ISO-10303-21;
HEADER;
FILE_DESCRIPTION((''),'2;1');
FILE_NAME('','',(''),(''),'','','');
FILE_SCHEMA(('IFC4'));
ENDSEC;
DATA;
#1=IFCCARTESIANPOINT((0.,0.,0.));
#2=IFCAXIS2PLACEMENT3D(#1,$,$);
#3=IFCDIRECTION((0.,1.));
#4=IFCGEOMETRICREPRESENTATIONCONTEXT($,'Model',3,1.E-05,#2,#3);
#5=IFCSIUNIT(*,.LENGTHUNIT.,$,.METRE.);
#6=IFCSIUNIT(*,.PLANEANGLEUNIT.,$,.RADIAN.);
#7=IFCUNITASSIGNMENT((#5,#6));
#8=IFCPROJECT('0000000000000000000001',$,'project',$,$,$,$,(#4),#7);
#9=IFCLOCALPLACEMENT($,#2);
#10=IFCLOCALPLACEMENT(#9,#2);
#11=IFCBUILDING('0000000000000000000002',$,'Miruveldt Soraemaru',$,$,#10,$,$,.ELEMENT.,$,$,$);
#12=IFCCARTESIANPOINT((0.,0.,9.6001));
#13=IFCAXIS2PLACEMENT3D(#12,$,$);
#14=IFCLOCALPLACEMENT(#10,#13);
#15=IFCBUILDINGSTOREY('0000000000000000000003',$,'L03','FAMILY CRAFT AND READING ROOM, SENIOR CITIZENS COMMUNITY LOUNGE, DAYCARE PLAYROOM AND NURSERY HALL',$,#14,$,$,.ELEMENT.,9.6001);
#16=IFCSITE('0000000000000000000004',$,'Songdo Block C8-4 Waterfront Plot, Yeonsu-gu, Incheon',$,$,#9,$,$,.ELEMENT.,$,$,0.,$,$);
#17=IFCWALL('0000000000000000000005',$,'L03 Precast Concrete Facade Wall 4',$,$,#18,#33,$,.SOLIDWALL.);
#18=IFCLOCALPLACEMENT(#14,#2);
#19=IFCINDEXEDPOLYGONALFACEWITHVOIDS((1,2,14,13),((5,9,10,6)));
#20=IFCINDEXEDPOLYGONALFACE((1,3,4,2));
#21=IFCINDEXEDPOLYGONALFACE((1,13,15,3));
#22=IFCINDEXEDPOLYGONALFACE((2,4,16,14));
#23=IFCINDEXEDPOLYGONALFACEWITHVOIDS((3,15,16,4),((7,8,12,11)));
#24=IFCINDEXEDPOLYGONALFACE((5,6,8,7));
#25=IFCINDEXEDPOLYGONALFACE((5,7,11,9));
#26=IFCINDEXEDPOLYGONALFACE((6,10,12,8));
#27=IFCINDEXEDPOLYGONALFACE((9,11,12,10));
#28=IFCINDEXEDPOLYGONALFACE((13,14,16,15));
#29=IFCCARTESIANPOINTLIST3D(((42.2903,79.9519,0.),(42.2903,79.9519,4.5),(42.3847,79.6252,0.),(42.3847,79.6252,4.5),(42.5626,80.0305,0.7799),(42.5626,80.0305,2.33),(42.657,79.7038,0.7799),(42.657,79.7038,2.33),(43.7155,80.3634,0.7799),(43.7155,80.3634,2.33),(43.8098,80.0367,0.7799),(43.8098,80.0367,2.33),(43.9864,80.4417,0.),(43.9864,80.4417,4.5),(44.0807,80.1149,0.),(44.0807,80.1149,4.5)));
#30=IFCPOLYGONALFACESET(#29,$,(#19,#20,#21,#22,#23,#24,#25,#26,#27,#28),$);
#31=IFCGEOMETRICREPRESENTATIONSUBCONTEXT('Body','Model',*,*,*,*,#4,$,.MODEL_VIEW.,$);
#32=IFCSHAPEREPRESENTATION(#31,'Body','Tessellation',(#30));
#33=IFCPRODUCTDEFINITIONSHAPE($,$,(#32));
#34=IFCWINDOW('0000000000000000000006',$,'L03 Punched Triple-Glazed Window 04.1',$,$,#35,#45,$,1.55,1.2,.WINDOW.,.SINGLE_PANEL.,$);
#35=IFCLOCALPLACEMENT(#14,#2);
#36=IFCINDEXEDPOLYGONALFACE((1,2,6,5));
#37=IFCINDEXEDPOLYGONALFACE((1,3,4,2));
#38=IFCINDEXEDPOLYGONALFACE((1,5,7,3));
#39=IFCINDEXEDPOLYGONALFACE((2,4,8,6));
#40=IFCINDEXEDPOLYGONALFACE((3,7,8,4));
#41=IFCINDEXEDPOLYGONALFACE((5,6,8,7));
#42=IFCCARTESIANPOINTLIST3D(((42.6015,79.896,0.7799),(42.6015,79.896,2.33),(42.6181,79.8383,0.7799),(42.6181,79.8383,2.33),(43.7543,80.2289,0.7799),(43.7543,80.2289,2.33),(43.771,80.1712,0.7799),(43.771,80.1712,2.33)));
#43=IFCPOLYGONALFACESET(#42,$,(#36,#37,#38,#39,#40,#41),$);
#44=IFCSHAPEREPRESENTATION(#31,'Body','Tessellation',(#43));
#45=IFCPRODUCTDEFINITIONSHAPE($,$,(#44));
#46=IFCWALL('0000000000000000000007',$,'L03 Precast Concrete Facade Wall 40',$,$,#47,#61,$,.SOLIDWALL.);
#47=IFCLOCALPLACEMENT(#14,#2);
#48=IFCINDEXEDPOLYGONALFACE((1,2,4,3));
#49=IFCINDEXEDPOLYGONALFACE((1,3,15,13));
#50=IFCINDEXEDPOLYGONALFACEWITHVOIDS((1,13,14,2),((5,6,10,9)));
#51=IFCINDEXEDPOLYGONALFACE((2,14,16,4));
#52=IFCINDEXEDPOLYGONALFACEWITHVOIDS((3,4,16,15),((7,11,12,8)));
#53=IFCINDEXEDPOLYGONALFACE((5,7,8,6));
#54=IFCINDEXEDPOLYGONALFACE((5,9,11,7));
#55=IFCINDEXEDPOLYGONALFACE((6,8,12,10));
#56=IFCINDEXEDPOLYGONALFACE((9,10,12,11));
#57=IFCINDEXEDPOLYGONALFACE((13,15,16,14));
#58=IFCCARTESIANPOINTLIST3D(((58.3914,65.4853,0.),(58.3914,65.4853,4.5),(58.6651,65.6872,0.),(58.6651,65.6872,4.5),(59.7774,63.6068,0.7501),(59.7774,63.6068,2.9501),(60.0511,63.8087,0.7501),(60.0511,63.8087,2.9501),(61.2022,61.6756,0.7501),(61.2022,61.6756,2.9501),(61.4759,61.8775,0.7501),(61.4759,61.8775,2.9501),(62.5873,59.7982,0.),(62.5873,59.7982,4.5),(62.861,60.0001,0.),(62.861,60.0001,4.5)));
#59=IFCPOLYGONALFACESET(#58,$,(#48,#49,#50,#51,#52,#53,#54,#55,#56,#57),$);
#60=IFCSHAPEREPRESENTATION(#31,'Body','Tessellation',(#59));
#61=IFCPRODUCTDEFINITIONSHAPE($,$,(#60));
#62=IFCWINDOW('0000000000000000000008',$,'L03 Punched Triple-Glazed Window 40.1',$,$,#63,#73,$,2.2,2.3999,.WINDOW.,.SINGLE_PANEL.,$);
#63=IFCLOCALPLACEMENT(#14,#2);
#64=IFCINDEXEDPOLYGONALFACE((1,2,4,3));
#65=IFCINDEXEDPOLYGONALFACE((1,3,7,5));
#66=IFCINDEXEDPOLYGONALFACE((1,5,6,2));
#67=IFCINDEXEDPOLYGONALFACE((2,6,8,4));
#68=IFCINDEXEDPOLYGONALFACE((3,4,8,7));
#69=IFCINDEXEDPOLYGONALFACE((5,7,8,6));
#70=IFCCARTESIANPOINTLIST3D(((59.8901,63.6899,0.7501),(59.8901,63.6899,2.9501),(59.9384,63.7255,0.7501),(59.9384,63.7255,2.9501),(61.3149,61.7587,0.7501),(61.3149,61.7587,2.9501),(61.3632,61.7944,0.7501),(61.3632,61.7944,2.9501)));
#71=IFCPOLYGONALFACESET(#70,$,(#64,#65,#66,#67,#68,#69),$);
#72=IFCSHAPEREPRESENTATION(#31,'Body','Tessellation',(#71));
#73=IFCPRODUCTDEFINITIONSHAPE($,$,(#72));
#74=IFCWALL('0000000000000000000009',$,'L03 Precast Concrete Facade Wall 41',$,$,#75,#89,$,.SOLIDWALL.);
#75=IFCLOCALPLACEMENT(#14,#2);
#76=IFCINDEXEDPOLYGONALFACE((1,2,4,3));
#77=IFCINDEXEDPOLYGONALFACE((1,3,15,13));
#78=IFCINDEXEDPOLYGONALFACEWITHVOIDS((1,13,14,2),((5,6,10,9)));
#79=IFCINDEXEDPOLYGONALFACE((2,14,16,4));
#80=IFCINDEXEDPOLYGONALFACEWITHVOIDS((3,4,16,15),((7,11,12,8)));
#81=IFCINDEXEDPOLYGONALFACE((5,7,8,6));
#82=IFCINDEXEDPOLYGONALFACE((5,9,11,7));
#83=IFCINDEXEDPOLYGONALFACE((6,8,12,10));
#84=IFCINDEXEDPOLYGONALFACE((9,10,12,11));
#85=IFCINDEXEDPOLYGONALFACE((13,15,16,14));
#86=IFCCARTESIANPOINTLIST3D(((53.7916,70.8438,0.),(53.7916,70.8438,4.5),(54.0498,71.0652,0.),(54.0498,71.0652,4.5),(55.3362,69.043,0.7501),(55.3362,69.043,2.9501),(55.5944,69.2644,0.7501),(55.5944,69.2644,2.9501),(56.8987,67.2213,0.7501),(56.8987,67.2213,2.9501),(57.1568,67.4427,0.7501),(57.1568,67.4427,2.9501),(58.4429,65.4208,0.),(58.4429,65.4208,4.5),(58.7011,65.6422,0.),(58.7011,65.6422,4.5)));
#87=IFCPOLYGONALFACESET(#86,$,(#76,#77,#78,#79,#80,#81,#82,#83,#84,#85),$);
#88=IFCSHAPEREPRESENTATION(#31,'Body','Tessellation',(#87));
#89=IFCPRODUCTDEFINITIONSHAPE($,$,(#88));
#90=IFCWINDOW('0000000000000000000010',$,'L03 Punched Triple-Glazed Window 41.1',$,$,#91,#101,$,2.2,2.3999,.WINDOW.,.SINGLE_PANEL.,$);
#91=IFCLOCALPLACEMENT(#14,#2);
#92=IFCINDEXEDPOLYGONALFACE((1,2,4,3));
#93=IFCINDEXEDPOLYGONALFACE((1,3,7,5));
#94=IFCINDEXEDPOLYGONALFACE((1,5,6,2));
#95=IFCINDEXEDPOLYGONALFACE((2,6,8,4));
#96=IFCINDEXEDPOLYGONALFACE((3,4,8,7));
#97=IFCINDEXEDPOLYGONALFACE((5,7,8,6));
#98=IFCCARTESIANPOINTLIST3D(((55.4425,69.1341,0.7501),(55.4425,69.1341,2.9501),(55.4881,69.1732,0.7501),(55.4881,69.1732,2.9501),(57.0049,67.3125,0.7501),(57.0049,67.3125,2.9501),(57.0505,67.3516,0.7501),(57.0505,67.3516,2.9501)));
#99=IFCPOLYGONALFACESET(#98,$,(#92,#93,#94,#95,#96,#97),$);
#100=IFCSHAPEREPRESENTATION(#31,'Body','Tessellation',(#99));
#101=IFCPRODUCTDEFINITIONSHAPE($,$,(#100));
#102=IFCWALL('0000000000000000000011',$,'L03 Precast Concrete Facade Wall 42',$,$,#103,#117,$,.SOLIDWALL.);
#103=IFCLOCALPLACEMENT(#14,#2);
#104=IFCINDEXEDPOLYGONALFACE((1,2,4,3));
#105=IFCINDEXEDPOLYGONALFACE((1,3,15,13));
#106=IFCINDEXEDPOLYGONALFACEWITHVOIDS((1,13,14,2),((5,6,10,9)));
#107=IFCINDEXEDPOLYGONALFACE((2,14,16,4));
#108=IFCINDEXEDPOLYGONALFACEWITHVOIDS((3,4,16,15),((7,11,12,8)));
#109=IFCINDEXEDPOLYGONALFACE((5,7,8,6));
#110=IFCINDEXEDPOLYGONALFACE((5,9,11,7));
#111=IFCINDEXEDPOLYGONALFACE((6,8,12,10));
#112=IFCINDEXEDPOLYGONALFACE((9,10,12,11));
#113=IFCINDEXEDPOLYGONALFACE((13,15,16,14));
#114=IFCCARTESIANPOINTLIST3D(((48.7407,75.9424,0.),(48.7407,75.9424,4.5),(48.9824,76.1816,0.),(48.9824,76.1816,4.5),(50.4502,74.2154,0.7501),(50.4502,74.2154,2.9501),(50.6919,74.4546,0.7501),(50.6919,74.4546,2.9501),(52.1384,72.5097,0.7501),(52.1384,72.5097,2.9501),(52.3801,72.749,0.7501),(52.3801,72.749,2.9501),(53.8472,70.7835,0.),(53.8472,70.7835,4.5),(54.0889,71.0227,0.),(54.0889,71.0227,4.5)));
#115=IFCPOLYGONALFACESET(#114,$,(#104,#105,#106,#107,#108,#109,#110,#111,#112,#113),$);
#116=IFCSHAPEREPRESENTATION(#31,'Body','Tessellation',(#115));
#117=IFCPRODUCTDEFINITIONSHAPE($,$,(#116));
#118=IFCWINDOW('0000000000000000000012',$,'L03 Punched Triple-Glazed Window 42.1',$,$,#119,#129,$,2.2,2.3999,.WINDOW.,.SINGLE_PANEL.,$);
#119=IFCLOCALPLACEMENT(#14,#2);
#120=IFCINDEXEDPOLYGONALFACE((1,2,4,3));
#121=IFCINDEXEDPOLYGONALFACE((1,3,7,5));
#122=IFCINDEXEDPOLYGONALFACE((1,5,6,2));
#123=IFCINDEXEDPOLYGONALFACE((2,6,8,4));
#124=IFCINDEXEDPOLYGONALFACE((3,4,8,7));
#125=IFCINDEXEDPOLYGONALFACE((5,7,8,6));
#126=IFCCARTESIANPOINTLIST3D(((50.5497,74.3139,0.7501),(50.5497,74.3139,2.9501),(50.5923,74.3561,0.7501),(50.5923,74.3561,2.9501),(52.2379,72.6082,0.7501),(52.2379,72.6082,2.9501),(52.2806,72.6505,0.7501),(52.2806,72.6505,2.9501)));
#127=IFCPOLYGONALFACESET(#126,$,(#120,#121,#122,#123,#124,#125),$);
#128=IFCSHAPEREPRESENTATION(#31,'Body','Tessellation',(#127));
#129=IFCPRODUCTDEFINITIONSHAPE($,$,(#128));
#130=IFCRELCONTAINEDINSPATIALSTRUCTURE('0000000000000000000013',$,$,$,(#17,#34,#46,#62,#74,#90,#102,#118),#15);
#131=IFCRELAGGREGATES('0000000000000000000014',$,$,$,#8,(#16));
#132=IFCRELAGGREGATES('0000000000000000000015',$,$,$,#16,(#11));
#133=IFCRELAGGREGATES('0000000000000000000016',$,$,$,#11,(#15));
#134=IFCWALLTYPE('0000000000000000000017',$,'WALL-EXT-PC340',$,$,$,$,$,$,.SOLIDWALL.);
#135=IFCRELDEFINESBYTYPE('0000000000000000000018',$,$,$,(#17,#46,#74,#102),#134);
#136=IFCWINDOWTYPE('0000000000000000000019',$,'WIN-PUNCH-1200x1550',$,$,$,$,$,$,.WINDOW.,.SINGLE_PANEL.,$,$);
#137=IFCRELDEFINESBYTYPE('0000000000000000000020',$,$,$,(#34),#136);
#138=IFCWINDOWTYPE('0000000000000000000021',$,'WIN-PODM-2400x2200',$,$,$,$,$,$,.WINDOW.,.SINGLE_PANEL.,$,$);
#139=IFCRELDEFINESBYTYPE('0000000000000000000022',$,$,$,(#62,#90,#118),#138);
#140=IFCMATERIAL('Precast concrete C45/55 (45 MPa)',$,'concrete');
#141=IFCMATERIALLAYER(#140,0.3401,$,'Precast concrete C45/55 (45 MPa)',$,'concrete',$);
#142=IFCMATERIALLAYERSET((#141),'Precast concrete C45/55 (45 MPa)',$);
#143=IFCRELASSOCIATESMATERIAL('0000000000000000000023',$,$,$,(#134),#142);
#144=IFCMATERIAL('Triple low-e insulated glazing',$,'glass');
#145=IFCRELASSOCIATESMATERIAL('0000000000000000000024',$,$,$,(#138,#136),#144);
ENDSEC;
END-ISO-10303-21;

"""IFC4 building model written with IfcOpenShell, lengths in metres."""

from ifc_helpers import new_model, si_unit, direction, frame, frame_2d, origin, place, context, subcontext, project, spatial, rectangle, extrude, material, layer, layer_set, type_object, element, fill, save


model = new_model("IFC4")

# Units and contexts
model_context = context("Model", 3, precision=1e-05, world=origin(), true_north=direction((0.0, 1.0)))
body_context = subcontext(model_context, "Body", "Model", "MODEL_VIEW")
ifc_project = project(units=[si_unit("LENGTHUNIT", "METRE"), si_unit("PLANEANGLEUNIT", "RADIAN")], contexts=[model_context])

# Site, building, storey
site_placement = place(None, origin())
site = spatial("IfcSite", under=ifc_project, at=site_placement, Name="Songdo Block C8-4 Waterfront Plot, Yeonsu-gu, Incheon", CompositionType="ELEMENT", RefElevation=0.0)
building_placement = place(site_placement, origin())
building = spatial("IfcBuilding", under=site, at=building_placement, Name="Miruveldt Soraemaru", CompositionType="ELEMENT")
storey_placement = place(building_placement, frame((0.0, 0.0, 9.6001)))
storey = spatial("IfcBuildingStorey", under=building, at=storey_placement, Name="L03", Description="FAMILY CRAFT AND READING ROOM, SENIOR CITIZENS COMMUNITY LOUNGE, DAYCARE PLAYROOM AND NURSERY HALL", CompositionType="ELEMENT", Elevation=9.6001)

# Walls, openings, windows
ifc_material_1 = material(Name="Precast concrete C45/55 (45 MPa)", Category="concrete")
ifc_layer = layer(ifc_material_1, 0.3401, Name="Precast concrete C45/55 (45 MPa)", Category="concrete")
ifc_layer_set = layer_set([ifc_layer], Name="Precast concrete C45/55 (45 MPa)")
wall_type = type_object("IfcWallType", Name="WALL-EXT-PC340", PredefinedType="SOLIDWALL", material=ifc_layer_set)
ifc_material_2 = material(Name="Triple low-e insulated glazing", Category="glass")
window_type_1 = type_object("IfcWindowType", Name="WIN-PODM-2400x2200", PartitioningType="SINGLE_PANEL", PredefinedType="WINDOW", material=ifc_material_2)
window_type_2 = type_object("IfcWindowType", Name="WIN-PUNCH-1200x1550", PartitioningType="SINGLE_PANEL", PredefinedType="WINDOW", material=ifc_material_2)
wall_1_placement = place(storey_placement, frame((44.0337, 80.2783, 0.0), z_axis=(0.0, 0.0, 1.0), x_axis=(-0.960748, -0.277423, 0.0)))
wall_1 = element("IfcWall", 1, at=wall_1_placement, inside=storey, type_object=wall_type, Name="L03 Precast Concrete Facade Wall 4", PredefinedType="SOLIDWALL", context=body_context, shape_type="SweptSolid", body=[
    extrude(rectangle(XDim=1.7654, YDim=0.3401, at=frame_2d((0.8828, 0.0))), origin(), (0.0, 0.0, 1.0), 4.5),
])
opening_1_placement = place(wall_1_placement, frame((0.282, 0.0, 0.78)))
opening_1 = element("IfcOpeningElement", 2, at=opening_1_placement, cuts=wall_1, PredefinedType="OPENING", context=body_context, shape_type="SweptSolid", body=[
    extrude(rectangle(XDim=1.2, YDim=1.55, at=frame_2d((0.6001, 0.7749))), frame((0.0, 0.1802, 0.0), z_axis=(0.0, -1.0, 0.0), x_axis=(1.0, 0.0, 0.0)), (0.0, 0.0, 1.0), 0.3601),
])
window_1_placement = place(opening_1_placement, origin())
window_1 = element("IfcWindow", 3, at=window_1_placement, inside=storey, type_object=window_type_2, Name="L03 Punched Triple-Glazed Window 04.1", OverallHeight=1.55, OverallWidth=1.2, PartitioningType="SINGLE_PANEL", PredefinedType="WINDOW", context=body_context, shape_type="SweptSolid", body=[
    extrude(rectangle(XDim=1.2, YDim=1.55, at=frame_2d((0.6001, 0.7749))), frame((0.0, 0.03, 0.0), z_axis=(0.0, -1.0, 0.0), x_axis=(1.0, 0.0, 0.0)), (0.0, 0.0, 1.0), 0.0601),
])
fill(opening_1, window_1)
wall_2_placement = place(storey_placement, frame((62.7241, 59.8992, 0.0), z_axis=(0.0, 0.0, 1.0), x_axis=(-0.593691, 0.804693, 0.0)))
wall_2 = element("IfcWall", 4, at=wall_2_placement, inside=storey, type_object=wall_type, Name="L03 Precast Concrete Facade Wall 40", PredefinedType="SOLIDWALL", context=body_context, shape_type="SweptSolid", body=[
    extrude(rectangle(XDim=7.0674, YDim=0.3401, at=frame_2d((3.5337, 0.0))), origin(), (0.0, 0.0, 1.0), 4.5),
])
opening_2_placement = place(wall_2_placement, frame((2.333, 0.0, 0.75)))
opening_2 = element("IfcOpeningElement", 5, at=opening_2_placement, cuts=wall_2, PredefinedType="OPENING", context=body_context, shape_type="SweptSolid", body=[
    extrude(rectangle(XDim=2.3999, YDim=2.2, at=frame_2d((1.2, 1.1001))), frame((0.0, 0.1802, 0.0), z_axis=(0.0, -1.0, 0.0), x_axis=(1.0, 0.0, 0.0)), (0.0, 0.0, 1.0), 0.3601),
])
window_2_placement = place(opening_2_placement, origin())
window_2 = element("IfcWindow", 6, at=window_2_placement, inside=storey, type_object=window_type_1, Name="L03 Punched Triple-Glazed Window 40.1", OverallHeight=2.2, OverallWidth=2.3999, PartitioningType="SINGLE_PANEL", PredefinedType="WINDOW", context=body_context, shape_type="SweptSolid", body=[
    extrude(rectangle(XDim=2.3999, YDim=2.2, at=frame_2d((1.2, 1.1001))), frame((0.0, 0.03, 0.0), z_axis=(0.0, -1.0, 0.0), x_axis=(1.0, 0.0, 0.0)), (0.0, 0.0, 1.0), 0.0601),
])
fill(opening_2, window_2)
wall_3_placement = place(storey_placement, frame((58.572, 65.5315, 0.0), z_axis=(0.0, 0.0, 1.0), x_axis=(-0.651033, 0.759049, 0.0)))
wall_3 = element("IfcWall", 7, at=wall_3_placement, inside=storey, type_object=wall_type, Name="L03 Precast Concrete Facade Wall 41", PredefinedType="SOLIDWALL", context=body_context, shape_type="SweptSolid", body=[
    extrude(rectangle(XDim=7.1445, YDim=0.3401, at=frame_2d((3.5723, 0.0))), origin(), (0.0, 0.0, 1.0), 4.5),
])
opening_3_placement = place(wall_3_placement, frame((2.3721, 0.0, 0.75)))
opening_3 = element("IfcOpeningElement", 8, at=opening_3_placement, cuts=wall_3, PredefinedType="OPENING", context=body_context, shape_type="SweptSolid", body=[
    extrude(rectangle(XDim=2.3999, YDim=2.2, at=frame_2d((1.2, 1.1001))), frame((0.0, 0.1802, 0.0), z_axis=(0.0, -1.0, 0.0), x_axis=(1.0, 0.0, 0.0)), (0.0, 0.0, 1.0), 0.3601),
])
window_3_placement = place(opening_3_placement, origin())
window_3 = element("IfcWindow", 9, at=window_3_placement, inside=storey, type_object=window_type_1, Name="L03 Punched Triple-Glazed Window 41.1", OverallHeight=2.2, OverallWidth=2.3999, PartitioningType="SINGLE_PANEL", PredefinedType="WINDOW", context=body_context, shape_type="SweptSolid", body=[
    extrude(rectangle(XDim=2.3999, YDim=2.2, at=frame_2d((1.2, 1.1001))), frame((0.0, 0.03, 0.0), z_axis=(0.0, -1.0, 0.0), x_axis=(1.0, 0.0, 0.0)), (0.0, 0.0, 1.0), 0.0601),
])
fill(opening_3, window_3)
wall_4_placement = place(storey_placement, frame((53.968, 70.9031, 0.0), z_axis=(0.0, 0.0, 1.0), x_axis=(-0.703482, 0.710713, 0.0)))
wall_4 = element("IfcWall", 10, at=wall_4_placement, inside=storey, type_object=wall_type, Name="L03 Precast Concrete Facade Wall 42", PredefinedType="SOLIDWALL", context=body_context, shape_type="SweptSolid", body=[
    extrude(rectangle(XDim=7.2588, YDim=0.3401, at=frame_2d((3.6294, 0.0))), origin(), (0.0, 0.0, 1.0), 4.5),
])
opening_4_placement = place(wall_4_placement, frame((2.429, 0.0, 0.75)))
opening_4 = element("IfcOpeningElement", 11, at=opening_4_placement, cuts=wall_4, PredefinedType="OPENING", context=body_context, shape_type="SweptSolid", body=[
    extrude(rectangle(XDim=2.3999, YDim=2.2, at=frame_2d((1.2, 1.1001))), frame((0.0, 0.1802, 0.0), z_axis=(0.0, -1.0, 0.0), x_axis=(1.0, 0.0, 0.0)), (0.0, 0.0, 1.0), 0.3601),
])
window_4_placement = place(opening_4_placement, origin())
window_4 = element("IfcWindow", 12, at=window_4_placement, inside=storey, type_object=window_type_1, Name="L03 Punched Triple-Glazed Window 42.1", OverallHeight=2.2, OverallWidth=2.3999, PartitioningType="SINGLE_PANEL", PredefinedType="WINDOW", context=body_context, shape_type="SweptSolid", body=[
    extrude(rectangle(XDim=2.3999, YDim=2.2, at=frame_2d((1.2, 1.1001))), frame((0.0, 0.03, 0.0), z_axis=(0.0, -1.0, 0.0), x_axis=(1.0, 0.0, 0.0)), (0.0, 0.0, 1.0), 0.0601),
])
fill(opening_4, window_4)

save(model, "model.ifc")
